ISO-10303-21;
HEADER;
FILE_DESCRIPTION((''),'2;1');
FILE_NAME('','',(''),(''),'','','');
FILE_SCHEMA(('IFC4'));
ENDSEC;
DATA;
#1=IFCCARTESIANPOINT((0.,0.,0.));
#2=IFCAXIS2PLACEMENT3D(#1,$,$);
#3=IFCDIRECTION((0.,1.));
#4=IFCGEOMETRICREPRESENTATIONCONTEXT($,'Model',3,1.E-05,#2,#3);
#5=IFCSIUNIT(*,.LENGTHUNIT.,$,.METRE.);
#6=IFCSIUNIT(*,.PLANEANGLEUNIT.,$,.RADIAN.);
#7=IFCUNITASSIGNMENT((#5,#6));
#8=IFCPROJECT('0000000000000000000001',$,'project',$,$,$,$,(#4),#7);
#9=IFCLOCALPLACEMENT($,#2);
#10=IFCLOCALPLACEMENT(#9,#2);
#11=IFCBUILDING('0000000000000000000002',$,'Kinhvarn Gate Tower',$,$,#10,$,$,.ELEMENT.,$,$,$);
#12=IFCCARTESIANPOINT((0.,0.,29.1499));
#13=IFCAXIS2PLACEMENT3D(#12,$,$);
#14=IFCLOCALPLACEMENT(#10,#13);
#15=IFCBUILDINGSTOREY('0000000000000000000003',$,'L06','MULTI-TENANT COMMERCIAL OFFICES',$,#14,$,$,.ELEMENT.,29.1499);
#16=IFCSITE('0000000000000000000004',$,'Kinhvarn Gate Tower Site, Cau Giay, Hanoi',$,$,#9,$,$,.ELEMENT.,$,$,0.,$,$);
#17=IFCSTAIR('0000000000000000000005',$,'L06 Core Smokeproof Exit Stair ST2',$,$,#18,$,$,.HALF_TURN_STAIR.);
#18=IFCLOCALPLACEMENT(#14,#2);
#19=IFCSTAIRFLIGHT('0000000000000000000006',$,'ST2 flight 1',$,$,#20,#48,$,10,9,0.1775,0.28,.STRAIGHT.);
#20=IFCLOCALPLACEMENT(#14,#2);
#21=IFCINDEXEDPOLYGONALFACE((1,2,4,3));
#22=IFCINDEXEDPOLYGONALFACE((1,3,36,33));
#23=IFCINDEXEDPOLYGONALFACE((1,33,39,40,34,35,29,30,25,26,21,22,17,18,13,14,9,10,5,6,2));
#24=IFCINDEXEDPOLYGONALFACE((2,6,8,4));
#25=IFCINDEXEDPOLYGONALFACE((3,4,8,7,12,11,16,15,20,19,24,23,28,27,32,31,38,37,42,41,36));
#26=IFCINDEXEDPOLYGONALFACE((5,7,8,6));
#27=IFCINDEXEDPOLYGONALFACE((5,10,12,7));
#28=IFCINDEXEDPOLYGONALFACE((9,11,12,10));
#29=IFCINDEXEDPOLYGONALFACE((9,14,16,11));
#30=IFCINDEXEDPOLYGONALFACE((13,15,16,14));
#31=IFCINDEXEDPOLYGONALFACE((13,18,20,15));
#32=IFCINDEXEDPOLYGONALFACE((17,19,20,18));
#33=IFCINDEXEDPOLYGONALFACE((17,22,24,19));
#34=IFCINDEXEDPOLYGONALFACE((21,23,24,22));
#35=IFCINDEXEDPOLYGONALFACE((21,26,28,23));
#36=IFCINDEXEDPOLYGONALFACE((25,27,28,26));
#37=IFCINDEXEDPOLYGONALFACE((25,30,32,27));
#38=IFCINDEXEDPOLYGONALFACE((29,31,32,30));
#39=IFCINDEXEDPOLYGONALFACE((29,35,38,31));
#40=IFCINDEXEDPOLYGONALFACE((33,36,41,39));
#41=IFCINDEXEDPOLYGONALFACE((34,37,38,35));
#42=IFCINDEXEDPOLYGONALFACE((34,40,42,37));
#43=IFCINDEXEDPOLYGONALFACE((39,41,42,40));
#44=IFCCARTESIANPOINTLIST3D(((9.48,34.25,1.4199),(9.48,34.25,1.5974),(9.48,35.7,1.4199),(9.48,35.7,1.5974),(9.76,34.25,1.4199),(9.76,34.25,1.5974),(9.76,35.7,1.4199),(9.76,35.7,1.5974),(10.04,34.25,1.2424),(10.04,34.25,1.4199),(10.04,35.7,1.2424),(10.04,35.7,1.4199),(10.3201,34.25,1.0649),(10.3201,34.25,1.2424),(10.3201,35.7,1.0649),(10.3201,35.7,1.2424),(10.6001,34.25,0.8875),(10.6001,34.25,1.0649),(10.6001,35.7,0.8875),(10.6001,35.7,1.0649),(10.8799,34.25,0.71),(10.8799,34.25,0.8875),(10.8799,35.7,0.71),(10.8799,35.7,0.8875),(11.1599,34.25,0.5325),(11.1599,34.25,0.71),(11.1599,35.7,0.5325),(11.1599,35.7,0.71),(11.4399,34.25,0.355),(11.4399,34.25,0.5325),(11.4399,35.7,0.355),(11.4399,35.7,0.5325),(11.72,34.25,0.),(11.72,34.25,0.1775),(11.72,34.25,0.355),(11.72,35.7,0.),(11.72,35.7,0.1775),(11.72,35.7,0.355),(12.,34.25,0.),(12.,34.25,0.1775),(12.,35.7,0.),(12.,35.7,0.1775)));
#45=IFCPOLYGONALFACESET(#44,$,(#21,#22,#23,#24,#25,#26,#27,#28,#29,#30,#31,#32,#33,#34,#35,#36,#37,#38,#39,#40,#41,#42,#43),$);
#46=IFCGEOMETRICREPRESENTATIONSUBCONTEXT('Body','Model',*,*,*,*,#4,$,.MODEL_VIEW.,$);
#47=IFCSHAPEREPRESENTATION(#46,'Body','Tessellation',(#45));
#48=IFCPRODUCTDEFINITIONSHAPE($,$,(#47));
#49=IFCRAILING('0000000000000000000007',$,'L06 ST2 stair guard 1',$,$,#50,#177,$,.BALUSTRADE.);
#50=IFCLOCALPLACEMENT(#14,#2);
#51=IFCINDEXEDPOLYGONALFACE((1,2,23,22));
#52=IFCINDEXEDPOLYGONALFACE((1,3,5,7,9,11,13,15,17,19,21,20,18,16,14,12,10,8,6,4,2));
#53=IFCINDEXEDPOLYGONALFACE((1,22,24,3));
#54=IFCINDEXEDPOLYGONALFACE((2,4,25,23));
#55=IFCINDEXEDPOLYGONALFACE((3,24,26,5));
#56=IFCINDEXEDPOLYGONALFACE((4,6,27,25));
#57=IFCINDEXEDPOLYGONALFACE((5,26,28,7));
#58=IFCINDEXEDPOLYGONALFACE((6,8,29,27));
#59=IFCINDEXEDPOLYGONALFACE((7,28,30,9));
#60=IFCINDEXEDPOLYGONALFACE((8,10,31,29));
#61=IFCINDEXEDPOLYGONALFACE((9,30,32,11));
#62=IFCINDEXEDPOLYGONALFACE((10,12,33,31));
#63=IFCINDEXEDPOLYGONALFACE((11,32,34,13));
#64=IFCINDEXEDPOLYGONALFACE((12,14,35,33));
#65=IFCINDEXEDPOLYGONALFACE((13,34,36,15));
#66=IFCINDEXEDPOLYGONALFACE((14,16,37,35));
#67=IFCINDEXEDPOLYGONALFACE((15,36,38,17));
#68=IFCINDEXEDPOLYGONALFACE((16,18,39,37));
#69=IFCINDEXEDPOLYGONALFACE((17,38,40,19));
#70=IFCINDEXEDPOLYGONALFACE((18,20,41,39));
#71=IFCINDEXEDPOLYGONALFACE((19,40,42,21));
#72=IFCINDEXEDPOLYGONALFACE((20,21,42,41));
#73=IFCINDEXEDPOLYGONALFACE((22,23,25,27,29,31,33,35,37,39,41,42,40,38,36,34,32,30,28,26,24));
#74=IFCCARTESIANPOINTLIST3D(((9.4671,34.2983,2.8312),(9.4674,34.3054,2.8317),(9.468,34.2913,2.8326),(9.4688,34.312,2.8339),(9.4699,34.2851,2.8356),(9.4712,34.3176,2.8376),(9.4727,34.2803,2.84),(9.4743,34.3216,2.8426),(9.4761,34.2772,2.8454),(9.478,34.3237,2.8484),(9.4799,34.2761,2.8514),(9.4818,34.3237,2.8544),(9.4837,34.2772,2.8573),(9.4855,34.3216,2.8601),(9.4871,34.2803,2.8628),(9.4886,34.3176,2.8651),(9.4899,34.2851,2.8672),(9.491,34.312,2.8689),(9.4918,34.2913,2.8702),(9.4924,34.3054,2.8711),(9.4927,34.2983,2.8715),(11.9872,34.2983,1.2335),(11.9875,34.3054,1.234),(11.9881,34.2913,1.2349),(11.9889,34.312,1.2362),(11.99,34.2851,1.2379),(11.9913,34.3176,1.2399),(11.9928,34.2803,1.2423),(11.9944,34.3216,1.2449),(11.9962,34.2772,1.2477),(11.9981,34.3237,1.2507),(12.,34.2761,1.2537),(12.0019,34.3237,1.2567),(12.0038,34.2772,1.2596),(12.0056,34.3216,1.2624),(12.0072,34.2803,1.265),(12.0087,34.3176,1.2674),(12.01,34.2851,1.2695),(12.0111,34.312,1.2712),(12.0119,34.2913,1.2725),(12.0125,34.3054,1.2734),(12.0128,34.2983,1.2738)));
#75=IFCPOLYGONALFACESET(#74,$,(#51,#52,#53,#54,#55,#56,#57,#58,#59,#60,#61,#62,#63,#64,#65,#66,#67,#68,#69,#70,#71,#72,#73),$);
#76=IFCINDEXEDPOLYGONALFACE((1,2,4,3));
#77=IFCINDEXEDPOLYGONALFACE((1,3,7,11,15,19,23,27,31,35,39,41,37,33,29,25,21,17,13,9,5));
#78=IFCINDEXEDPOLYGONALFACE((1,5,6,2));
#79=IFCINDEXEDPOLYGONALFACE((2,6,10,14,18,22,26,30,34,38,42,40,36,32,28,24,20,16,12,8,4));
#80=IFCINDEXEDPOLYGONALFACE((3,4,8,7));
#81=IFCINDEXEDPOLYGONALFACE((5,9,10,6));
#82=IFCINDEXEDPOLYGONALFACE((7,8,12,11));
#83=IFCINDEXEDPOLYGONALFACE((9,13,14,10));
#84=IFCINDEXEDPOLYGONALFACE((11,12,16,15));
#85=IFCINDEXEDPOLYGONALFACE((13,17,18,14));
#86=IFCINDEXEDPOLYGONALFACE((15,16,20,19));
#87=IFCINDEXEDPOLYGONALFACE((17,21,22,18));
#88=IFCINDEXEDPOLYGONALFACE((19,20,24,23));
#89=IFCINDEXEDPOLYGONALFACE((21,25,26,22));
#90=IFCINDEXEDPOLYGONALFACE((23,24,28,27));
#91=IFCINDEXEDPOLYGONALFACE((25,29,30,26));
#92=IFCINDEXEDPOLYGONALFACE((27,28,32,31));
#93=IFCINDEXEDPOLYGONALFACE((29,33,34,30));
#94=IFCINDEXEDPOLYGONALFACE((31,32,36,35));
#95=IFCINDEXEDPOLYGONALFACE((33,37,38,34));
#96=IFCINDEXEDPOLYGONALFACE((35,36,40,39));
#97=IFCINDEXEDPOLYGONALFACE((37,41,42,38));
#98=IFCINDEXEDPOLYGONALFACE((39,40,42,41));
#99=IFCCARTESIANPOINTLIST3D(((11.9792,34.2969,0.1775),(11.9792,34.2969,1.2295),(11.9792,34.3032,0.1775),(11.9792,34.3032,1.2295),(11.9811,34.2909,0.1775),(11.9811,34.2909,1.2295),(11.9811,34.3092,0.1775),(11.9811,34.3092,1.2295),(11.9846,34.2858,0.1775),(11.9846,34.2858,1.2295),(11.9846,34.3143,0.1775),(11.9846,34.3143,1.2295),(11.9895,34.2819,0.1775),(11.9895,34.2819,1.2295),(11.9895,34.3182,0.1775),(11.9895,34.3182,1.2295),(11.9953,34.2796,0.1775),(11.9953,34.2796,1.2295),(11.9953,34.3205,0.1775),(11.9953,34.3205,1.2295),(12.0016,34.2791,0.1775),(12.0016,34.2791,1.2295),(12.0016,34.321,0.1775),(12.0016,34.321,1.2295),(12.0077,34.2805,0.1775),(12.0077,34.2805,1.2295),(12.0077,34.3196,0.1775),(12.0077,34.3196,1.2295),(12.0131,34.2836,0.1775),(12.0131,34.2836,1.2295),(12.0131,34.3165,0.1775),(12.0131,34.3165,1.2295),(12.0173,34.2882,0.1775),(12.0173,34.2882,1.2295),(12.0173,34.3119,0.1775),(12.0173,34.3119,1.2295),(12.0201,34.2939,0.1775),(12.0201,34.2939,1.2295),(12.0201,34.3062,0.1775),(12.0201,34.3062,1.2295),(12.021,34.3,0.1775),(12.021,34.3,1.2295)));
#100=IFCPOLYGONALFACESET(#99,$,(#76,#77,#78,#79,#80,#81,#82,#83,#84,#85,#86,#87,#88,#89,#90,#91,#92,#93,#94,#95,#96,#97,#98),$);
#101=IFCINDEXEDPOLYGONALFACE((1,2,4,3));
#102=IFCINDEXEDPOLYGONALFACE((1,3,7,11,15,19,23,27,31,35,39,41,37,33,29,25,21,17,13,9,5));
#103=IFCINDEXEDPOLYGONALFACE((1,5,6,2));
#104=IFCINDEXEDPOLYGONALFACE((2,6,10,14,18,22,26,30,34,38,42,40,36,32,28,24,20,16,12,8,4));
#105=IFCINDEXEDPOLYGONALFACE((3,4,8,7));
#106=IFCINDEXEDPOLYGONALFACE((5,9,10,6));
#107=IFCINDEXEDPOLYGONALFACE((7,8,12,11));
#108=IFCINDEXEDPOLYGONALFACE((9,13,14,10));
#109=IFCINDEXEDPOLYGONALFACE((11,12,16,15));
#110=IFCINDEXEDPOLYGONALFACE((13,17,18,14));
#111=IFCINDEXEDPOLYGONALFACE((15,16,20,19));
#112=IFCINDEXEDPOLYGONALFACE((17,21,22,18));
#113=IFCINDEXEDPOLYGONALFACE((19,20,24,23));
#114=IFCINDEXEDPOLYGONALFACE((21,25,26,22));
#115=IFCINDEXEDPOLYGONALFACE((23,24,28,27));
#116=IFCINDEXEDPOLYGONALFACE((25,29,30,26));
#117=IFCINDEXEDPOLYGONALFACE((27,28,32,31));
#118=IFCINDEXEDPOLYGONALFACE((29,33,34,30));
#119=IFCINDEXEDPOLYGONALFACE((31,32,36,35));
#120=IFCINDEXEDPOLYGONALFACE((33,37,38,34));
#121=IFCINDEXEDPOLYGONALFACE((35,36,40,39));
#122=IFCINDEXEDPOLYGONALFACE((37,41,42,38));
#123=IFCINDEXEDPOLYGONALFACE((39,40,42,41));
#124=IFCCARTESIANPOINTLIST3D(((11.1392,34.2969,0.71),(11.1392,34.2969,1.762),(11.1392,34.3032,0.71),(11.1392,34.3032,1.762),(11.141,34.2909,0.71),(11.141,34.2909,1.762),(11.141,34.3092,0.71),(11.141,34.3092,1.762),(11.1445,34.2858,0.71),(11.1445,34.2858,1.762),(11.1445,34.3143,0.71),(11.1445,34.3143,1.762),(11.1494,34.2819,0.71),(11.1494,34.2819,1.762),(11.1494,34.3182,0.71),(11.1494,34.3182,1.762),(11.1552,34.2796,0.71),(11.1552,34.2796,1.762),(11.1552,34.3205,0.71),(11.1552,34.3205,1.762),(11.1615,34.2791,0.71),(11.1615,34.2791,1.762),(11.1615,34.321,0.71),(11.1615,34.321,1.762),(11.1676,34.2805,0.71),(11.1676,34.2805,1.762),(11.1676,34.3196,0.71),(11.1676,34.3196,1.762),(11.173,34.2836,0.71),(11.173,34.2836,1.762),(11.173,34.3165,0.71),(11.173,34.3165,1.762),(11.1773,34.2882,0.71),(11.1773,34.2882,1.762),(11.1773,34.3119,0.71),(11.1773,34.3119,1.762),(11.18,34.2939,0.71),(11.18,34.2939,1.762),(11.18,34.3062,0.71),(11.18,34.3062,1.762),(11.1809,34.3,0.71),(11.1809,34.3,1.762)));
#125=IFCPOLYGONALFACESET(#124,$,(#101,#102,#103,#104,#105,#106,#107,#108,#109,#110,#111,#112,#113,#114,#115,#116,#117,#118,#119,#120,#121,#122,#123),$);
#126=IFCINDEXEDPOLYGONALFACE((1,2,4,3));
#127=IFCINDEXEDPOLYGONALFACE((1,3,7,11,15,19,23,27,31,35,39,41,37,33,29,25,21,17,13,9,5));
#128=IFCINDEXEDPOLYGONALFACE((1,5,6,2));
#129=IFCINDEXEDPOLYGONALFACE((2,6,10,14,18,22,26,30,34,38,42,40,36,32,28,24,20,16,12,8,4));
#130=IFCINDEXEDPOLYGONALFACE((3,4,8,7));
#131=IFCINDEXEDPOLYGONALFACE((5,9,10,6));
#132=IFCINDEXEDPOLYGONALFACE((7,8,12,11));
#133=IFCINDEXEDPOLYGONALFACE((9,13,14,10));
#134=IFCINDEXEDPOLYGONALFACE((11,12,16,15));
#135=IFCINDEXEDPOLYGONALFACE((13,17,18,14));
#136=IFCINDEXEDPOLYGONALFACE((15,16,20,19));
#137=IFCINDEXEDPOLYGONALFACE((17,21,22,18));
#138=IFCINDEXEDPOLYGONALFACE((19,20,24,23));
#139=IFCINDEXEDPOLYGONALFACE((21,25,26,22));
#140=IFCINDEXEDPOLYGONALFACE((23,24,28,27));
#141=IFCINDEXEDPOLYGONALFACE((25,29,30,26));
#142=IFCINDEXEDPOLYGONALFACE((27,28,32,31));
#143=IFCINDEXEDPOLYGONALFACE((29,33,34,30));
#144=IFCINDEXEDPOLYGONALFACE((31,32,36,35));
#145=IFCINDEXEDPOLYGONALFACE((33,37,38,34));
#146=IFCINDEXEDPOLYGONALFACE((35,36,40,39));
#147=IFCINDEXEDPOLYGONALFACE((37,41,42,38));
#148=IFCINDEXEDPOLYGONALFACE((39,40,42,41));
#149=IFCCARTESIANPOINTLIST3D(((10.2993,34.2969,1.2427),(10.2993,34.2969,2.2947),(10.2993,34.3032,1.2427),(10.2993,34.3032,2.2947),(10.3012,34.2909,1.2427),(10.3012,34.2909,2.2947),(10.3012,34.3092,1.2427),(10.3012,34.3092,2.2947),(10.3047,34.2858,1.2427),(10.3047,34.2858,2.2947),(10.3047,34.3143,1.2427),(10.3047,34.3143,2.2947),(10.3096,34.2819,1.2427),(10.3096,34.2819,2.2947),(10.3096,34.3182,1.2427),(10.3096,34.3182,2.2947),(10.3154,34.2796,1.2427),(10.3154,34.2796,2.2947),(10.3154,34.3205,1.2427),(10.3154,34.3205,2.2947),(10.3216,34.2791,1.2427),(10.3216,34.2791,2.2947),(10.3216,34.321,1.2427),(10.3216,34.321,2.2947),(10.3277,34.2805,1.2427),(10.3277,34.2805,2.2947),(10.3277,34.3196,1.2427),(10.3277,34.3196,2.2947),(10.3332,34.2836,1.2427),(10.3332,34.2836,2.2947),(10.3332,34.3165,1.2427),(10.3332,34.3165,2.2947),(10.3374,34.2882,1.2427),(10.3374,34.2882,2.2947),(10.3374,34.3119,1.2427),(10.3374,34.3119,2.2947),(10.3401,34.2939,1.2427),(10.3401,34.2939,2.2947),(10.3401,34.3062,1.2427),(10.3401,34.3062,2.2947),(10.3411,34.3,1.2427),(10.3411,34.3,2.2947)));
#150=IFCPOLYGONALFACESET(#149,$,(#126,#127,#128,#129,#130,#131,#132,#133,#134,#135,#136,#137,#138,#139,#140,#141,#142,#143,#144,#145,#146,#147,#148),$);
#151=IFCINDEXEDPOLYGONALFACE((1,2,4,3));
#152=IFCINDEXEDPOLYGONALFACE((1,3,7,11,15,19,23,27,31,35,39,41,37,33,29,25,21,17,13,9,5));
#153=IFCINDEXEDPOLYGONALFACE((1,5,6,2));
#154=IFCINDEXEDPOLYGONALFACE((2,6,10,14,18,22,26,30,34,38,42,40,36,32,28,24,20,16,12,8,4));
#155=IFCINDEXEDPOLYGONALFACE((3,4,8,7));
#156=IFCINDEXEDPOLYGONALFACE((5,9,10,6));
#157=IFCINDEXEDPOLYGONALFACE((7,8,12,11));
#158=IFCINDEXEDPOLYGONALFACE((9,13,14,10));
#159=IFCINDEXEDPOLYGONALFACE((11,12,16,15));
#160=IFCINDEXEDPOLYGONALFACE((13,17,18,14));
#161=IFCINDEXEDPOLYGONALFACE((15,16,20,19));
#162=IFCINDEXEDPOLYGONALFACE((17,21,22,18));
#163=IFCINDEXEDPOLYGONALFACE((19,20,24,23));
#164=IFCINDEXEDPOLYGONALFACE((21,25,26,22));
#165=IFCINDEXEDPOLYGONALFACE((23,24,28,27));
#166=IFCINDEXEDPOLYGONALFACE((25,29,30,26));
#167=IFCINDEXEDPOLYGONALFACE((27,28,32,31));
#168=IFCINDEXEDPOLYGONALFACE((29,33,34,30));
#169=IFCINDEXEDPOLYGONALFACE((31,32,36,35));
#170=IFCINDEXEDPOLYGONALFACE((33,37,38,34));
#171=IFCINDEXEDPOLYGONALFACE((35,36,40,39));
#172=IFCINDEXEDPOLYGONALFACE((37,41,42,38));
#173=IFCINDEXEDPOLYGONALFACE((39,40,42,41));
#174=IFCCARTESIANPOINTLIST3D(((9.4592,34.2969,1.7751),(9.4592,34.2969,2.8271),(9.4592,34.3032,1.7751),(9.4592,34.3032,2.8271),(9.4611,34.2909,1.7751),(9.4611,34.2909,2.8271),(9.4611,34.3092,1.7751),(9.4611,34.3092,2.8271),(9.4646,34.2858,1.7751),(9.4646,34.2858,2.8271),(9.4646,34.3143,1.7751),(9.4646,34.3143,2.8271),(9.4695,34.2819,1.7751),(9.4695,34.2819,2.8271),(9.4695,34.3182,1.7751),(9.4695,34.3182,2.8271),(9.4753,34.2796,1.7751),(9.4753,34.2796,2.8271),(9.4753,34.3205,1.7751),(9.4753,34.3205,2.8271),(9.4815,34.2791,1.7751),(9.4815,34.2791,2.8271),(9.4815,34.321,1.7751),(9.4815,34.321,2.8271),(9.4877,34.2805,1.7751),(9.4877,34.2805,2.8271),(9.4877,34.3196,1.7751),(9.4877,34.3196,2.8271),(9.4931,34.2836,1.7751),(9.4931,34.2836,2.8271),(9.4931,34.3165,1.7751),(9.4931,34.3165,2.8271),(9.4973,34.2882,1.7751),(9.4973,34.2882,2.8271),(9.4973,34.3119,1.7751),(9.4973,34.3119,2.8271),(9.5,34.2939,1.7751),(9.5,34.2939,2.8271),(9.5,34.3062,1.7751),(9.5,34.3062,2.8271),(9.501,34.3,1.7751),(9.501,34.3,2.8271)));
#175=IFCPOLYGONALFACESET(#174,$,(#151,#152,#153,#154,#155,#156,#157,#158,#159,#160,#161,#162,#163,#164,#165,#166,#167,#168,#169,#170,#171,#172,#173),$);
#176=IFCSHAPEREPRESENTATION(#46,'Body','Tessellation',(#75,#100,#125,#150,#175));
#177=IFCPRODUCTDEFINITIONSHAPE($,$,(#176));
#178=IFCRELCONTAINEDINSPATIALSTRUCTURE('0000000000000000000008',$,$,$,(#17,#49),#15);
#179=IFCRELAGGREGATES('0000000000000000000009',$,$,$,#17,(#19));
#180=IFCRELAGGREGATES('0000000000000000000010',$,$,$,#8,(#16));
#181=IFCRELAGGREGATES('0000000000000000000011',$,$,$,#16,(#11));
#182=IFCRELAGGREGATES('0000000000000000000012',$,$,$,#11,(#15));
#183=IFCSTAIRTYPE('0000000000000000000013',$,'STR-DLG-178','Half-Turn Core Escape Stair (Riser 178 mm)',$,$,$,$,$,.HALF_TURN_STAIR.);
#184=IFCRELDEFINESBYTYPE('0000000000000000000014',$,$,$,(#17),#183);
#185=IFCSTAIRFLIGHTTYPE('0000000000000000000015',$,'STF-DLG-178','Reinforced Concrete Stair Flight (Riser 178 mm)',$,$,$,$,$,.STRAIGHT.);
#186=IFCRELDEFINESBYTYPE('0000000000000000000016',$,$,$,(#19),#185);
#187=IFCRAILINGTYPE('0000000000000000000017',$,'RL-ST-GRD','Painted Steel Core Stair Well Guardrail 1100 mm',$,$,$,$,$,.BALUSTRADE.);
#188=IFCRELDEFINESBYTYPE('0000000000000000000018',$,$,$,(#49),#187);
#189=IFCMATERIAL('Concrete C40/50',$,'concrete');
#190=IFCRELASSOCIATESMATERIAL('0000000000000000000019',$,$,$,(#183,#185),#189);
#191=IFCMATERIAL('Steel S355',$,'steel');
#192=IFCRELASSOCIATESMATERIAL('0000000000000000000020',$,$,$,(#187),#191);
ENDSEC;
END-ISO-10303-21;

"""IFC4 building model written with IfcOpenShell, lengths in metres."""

from ifc_helpers import new_model, si_unit, direction, frame, origin, origin_2d, place, context, subcontext, project, spatial, polyline, circle, outline, extrude, material, type_object, element, aggregate, save


model = new_model("IFC4")

# Units and contexts
model_context = context("Model", 3, precision=1e-05, world=origin(), true_north=direction((0.0, 1.0)))
body_context = subcontext(model_context, "Body", "Model", "MODEL_VIEW")
ifc_project = project(units=[si_unit("LENGTHUNIT", "METRE"), si_unit("PLANEANGLEUNIT", "RADIAN")], contexts=[model_context])

# Site, building, storey
site_placement = place(None, origin())
site = spatial("IfcSite", under=ifc_project, at=site_placement, Name="Kinhvarn Gate Tower Site, Cau Giay, Hanoi", CompositionType="ELEMENT", RefElevation=0.0)
building_placement = place(site_placement, origin())
building = spatial("IfcBuilding", under=site, at=building_placement, Name="Kinhvarn Gate Tower", CompositionType="ELEMENT")
storey_placement = place(building_placement, frame((0.0, 0.0, 29.1499)))
storey = spatial("IfcBuildingStorey", under=building, at=storey_placement, Name="L06", Description="MULTI-TENANT COMMERCIAL OFFICES", CompositionType="ELEMENT", Elevation=29.1499)

# Shared definitions
ifc_material_1 = material(Name="Steel S355", Category="steel")

# Shared definitions
ifc_material_2 = material(Name="Concrete C40/50", Category="concrete")

# Stair, stair flight
stair_type = type_object("IfcStairType", Name="STR-DLG-178", Description="Half-Turn Core Escape Stair (Riser 178 mm)", PredefinedType="HALF_TURN_STAIR", material=ifc_material_2)
stair_placement = place(storey_placement, origin())
stair = element("IfcStair", 1, at=stair_placement, inside=storey, type_object=stair_type, Name="L06 Core Smokeproof Exit Stair ST2", PredefinedType="HALF_TURN_STAIR")
stair_flight_type = type_object("IfcStairFlightType", Name="STF-DLG-178", Description="Reinforced Concrete Stair Flight (Riser 178 mm)", PredefinedType="STRAIGHT", material=ifc_material_2)
stair_flight_placement = place(storey_placement, frame((12.0, 34.9751, 0.0), z_axis=(0.0, 0.0, 1.0), x_axis=(-1.0, 0.0, 0.0)))
stair_flight = element("IfcStairFlight", 2, at=stair_flight_placement, type_object=stair_flight_type, Name="ST2 flight 1", NumberOfRisers=10, NumberOfTreads=9, PredefinedType="STRAIGHT", RiserHeight=0.1775, TreadLength=0.28, context=body_context, shape_type="SweptSolid", body=[
    extrude(outline(polyline([(0.0, 0.0), (0.0, 0.1775), (0.28, 0.1775), (0.28, 0.355), (0.5601, 0.355), (0.5601, 0.5325), (0.8401, 0.5325), (0.8401, 0.71), (1.1201, 0.71), (1.1201, 0.8875), (1.3999, 0.8875), (1.3999, 1.0649), (1.6799, 1.0649), (1.6799, 1.2424), (1.96, 1.2424), (1.96, 1.4199), (2.24, 1.4199), (2.24, 1.5974), (2.52, 1.5974), (2.52, 1.7749), (2.52, 1.4199), (0.28, 0.0), (0.0, 0.0)])), frame((0.0, 0.7251, 0.0), z_axis=(0.0, -1.0, 0.0), x_axis=(1.0, 0.0, 0.0)), (0.0, 0.0, 1.0), 1.45),
])
aggregate(stair, [stair_flight])

# Railing
railing_type_1 = type_object("IfcRailingType", Name="RL-ST-GRD", Description="Painted Steel Core Stair Well Guardrail 1100 mm", PredefinedType="BALUSTRADE", material=ifc_material_1)
railing_1_placement = place(storey_placement, frame((12.0, 34.3, 0.1775)))
element("IfcRailing", 3, at=railing_1_placement, inside=storey, type_object=railing_type_1, Name="L06 ST2 stair guard 1", PredefinedType="BALUSTRADE", context=body_context, shape_type="SweptSolid", body=[
    extrude(circle(Radius=0.0239, at=origin_2d()), frame((0.0, 0.0, 1.0762), z_axis=(-0.84457, 0.0, 0.535445), x_axis=(0.0, -1.0, 0.0)), (0.0, 0.0, 1.0), 2.9839),
    extrude(circle(Radius=0.021, at=origin_2d()), origin(), (0.0, 0.0, 1.0), 1.052),
    extrude(circle(Radius=0.021, at=origin_2d()), frame((-0.8401, 0.0, 0.5325)), (0.0, 0.0, 1.0), 1.052),
    extrude(circle(Radius=0.021, at=origin_2d()), frame((-1.6799, 0.0, 1.0652)), (0.0, 0.0, 1.0), 1.052),
    extrude(circle(Radius=0.021, at=origin_2d()), frame((-2.52, 0.0, 1.5977)), (0.0, 0.0, 1.0), 1.052),
])

save(model, "model.ifc")
